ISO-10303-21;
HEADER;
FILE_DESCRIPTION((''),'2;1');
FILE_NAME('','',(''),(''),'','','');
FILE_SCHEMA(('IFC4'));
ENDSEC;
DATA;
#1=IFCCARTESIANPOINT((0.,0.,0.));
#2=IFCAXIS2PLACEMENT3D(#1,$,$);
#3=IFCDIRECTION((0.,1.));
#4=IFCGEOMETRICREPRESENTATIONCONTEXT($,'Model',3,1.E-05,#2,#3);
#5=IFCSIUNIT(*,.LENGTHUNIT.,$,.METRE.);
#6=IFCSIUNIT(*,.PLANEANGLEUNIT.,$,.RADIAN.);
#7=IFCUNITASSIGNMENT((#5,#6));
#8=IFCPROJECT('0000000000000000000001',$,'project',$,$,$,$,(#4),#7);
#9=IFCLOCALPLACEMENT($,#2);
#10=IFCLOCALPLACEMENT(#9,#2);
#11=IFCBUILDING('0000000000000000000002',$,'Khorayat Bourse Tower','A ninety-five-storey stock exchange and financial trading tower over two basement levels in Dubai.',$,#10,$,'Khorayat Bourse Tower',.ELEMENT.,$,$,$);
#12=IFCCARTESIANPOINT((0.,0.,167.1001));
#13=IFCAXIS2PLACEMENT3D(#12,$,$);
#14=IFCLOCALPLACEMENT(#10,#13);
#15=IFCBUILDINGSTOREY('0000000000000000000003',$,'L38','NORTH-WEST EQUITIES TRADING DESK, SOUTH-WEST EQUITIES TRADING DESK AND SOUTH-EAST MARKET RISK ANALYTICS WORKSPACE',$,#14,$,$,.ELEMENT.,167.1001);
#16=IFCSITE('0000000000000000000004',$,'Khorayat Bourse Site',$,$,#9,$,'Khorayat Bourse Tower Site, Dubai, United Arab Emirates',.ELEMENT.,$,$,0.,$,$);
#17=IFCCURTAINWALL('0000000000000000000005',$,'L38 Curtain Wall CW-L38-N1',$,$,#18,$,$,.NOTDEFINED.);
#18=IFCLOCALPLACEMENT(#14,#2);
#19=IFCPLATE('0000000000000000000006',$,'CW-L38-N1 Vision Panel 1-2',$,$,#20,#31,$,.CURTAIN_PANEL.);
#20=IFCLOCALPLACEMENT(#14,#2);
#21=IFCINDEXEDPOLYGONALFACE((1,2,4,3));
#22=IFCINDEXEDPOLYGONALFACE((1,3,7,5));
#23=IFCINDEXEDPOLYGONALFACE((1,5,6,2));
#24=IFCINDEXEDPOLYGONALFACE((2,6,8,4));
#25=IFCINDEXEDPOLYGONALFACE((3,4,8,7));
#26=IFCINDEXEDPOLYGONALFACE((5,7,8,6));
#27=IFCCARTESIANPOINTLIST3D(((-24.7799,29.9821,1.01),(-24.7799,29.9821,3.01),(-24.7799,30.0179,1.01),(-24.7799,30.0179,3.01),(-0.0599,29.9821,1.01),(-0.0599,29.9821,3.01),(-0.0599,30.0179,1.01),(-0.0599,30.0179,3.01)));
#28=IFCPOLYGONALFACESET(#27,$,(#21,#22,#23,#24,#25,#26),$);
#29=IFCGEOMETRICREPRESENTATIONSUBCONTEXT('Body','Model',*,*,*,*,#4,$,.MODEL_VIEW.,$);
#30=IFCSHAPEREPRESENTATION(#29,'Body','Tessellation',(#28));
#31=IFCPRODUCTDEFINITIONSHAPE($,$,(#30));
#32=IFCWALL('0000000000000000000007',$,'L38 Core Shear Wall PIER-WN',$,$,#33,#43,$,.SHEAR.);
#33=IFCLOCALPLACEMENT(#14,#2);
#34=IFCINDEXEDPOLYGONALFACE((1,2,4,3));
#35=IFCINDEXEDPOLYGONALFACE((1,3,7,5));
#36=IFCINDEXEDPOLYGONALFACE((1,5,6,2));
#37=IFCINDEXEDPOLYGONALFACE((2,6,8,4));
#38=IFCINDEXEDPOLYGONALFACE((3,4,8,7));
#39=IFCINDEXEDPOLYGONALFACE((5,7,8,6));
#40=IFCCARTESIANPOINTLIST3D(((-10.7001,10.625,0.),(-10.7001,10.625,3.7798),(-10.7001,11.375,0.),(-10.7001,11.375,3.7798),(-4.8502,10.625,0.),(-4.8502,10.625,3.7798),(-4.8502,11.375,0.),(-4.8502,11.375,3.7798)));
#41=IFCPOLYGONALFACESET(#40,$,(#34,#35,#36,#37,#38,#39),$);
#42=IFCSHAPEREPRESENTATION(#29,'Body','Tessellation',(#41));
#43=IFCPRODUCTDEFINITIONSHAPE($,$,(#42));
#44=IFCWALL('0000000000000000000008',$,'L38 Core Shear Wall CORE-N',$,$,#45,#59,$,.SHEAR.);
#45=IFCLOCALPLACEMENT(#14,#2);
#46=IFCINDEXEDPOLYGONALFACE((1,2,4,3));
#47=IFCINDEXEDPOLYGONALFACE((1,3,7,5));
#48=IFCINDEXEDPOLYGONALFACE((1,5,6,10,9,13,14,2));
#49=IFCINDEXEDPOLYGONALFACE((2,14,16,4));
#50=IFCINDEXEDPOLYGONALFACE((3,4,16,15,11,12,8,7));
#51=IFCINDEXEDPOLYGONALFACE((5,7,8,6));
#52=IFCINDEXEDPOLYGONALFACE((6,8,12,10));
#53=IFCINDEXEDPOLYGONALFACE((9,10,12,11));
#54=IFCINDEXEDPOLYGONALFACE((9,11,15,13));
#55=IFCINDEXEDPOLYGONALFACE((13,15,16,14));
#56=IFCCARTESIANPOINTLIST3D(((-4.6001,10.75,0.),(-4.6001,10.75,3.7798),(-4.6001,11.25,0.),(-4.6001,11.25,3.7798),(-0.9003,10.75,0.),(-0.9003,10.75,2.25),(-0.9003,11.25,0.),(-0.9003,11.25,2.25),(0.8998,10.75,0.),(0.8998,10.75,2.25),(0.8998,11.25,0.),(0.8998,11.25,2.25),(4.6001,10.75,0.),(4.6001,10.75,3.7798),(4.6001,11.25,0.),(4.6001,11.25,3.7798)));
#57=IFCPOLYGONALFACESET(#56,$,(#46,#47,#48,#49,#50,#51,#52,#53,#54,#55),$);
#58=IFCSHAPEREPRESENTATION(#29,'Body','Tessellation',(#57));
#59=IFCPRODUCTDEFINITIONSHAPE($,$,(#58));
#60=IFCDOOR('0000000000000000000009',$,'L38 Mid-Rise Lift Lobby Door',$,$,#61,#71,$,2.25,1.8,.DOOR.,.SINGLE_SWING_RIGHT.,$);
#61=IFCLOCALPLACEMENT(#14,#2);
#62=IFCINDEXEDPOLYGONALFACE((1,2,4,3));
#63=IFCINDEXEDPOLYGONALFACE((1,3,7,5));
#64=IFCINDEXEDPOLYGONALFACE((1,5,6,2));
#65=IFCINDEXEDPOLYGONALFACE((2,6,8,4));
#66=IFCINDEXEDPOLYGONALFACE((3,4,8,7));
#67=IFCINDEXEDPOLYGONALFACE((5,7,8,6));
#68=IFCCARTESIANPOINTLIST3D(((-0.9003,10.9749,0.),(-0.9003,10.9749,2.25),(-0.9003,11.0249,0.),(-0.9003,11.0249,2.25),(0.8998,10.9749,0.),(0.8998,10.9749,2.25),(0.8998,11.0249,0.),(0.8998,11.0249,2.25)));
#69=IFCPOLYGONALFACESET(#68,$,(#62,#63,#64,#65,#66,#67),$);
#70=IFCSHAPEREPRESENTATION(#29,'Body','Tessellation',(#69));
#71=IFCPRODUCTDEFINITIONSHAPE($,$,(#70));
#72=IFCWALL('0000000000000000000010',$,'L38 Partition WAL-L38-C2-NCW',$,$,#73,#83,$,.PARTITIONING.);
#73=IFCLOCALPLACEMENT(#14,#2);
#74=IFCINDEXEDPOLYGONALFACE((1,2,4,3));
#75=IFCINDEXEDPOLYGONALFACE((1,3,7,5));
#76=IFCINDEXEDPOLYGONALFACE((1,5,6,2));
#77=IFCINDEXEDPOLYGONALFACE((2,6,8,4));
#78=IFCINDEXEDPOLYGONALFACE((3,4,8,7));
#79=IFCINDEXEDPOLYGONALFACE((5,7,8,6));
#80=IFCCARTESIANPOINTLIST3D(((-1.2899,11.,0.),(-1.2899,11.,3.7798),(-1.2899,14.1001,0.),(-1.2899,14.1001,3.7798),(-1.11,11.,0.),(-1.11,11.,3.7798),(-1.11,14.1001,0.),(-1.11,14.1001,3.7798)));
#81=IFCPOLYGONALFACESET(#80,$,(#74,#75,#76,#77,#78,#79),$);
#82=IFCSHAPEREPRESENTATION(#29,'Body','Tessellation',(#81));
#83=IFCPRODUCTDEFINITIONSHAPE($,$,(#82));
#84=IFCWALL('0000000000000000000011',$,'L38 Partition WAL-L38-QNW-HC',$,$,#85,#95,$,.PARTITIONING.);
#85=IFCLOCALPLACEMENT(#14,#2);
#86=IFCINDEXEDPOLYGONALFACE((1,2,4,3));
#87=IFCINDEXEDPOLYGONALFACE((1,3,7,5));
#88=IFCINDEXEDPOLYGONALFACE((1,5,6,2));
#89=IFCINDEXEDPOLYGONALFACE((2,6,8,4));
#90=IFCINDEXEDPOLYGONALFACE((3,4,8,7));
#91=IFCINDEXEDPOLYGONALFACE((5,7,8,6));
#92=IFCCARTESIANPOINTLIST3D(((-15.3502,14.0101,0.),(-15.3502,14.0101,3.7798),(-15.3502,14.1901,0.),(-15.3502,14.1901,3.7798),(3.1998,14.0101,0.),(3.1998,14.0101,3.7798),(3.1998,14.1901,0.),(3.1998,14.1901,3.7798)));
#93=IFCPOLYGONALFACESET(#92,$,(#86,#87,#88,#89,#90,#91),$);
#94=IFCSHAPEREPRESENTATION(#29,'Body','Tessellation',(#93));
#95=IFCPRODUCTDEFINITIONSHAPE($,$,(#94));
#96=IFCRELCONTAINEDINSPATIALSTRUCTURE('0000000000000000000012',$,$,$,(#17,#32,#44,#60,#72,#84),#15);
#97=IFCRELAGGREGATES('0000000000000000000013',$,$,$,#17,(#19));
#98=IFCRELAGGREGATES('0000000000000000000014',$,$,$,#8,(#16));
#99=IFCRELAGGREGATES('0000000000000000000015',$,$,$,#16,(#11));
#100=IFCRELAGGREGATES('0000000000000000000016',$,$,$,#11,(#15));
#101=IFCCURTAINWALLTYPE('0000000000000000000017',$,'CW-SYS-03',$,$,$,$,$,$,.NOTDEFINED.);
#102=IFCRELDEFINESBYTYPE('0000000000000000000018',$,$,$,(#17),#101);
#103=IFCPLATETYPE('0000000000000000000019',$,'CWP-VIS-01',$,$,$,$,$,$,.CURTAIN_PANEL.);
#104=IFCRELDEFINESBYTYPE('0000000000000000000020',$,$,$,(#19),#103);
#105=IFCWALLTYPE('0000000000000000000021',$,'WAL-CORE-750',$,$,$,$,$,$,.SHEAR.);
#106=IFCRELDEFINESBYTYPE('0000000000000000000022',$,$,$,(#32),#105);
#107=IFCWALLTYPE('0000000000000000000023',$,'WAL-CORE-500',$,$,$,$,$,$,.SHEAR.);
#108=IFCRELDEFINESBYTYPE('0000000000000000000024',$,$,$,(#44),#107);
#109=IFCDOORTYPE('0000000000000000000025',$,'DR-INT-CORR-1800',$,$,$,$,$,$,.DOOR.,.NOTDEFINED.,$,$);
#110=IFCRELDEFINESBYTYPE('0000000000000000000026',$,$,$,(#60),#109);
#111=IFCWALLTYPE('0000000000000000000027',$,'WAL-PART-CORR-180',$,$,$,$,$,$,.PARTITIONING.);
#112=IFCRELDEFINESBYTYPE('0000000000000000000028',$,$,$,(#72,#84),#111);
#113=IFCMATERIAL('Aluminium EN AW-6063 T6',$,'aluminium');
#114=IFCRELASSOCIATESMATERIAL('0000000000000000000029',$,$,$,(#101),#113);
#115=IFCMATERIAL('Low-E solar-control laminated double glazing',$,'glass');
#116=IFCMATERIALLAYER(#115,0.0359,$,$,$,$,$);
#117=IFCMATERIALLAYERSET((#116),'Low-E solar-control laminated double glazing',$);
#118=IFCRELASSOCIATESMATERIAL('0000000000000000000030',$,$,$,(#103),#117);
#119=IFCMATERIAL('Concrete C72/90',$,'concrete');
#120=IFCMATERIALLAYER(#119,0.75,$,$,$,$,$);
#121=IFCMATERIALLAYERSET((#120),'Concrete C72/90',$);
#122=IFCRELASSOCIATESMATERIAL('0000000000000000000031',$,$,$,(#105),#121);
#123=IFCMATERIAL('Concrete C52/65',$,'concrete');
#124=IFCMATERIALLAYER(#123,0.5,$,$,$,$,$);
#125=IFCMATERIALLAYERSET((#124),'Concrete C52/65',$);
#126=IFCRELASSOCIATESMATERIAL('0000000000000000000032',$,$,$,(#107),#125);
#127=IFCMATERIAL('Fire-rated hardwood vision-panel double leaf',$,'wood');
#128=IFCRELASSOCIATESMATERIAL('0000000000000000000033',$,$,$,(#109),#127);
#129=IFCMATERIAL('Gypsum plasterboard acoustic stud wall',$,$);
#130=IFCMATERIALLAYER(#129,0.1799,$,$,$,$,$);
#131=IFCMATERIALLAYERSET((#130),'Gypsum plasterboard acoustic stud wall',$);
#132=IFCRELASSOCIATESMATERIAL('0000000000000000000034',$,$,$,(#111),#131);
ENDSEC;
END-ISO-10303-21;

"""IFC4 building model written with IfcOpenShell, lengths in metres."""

from ifc_helpers import new_model, si_unit, direction, frame, frame_2d, origin, origin_2d, place, context, subcontext, project, spatial, rectangle, extrude, source, transform, mapped, material, layer, layer_set, type_object, element, fill, aggregate, save


model = new_model("IFC4")

# Units and contexts
model_context = context("Model", 3, precision=1e-05, world=origin(), true_north=direction((0.0, 1.0)))
body_context = subcontext(model_context, "Body", "Model", "MODEL_VIEW")
ifc_project = project(units=[si_unit("LENGTHUNIT", "METRE"), si_unit("PLANEANGLEUNIT", "RADIAN")], contexts=[model_context])

# Site, building, storey
site_placement = place(None, origin())
site = spatial("IfcSite", under=ifc_project, at=site_placement, Name="Khorayat Bourse Site", LongName="Khorayat Bourse Tower Site, Dubai, United Arab Emirates", CompositionType="ELEMENT", RefElevation=0.0)
building_placement = place(site_placement, origin())
building = spatial("IfcBuilding", under=site, at=building_placement, Name="Khorayat Bourse Tower", Description="A ninety-five-storey stock exchange and financial trading tower over two basement levels in Dubai.", LongName="Khorayat Bourse Tower", CompositionType="ELEMENT")
storey_placement = place(building_placement, frame((0.0, 0.0, 167.1001)))
storey = spatial("IfcBuildingStorey", under=building, at=storey_placement, Name="L38", Description="NORTH-WEST EQUITIES TRADING DESK, SOUTH-WEST EQUITIES TRADING DESK AND SOUTH-EAST MARKET RISK ANALYTICS WORKSPACE", CompositionType="ELEMENT", Elevation=167.1001)

# Shared definitions
ifc_material_1 = material(Name="Concrete C72/90", Category="concrete")

# Curtain wall
ifc_material_2 = material(Name="Aluminium EN AW-6063 T6", Category="aluminium")
curtain_wall_type = type_object("IfcCurtainWallType", Name="CW-SYS-03", PredefinedType="NOTDEFINED", material=ifc_material_2)
curtain_wall_placement = place(storey_placement, origin())
curtain_wall = element("IfcCurtainWall", 1, at=curtain_wall_placement, inside=storey, type_object=curtain_wall_type, Name="L38 Curtain Wall CW-L38-N1", PredefinedType="NOTDEFINED")

# Plate
ifc_material_3 = material(Name="Low-E solar-control laminated double glazing", Category="glass")
ifc_layer_1 = layer(ifc_material_3, 0.0359)
ifc_layer_set_1 = layer_set([ifc_layer_1], Name="Low-E solar-control laminated double glazing")
plate_type_1 = type_object("IfcPlateType", Name="CWP-VIS-01", PredefinedType="CURTAIN_PANEL", material=ifc_layer_set_1)
shared_shape_1 = source(origin(), body_context, "Body", "SweptSolid", [
    extrude(rectangle(XDim=24.72, YDim=0.0359, at=origin_2d()), origin(), (0.0, 0.0, 1.0), 2.0),
])
plate_1_placement = place(storey_placement, frame((-12.4199, 30.0, 1.01), z_axis=(0.0, 0.0, 1.0), x_axis=(1.0, 0.0, 0.0)))
plate_1 = element("IfcPlate", 2, at=plate_1_placement, type_object=plate_type_1, Name="CW-L38-N1 Vision Panel 1-2", PredefinedType="CURTAIN_PANEL", context=body_context, shape_type="MappedRepresentation", body=[
    mapped(shared_shape_1, transform((0.0, 0.0, 0.0), scale=1.0)),
])
aggregate(curtain_wall, [plate_1])

# Wall
ifc_layer_2 = layer(ifc_material_1, 0.75)
ifc_layer_set_2 = layer_set([ifc_layer_2], Name="Concrete C72/90")
wall_type_1 = type_object("IfcWallType", Name="WAL-CORE-750", PredefinedType="SHEAR", material=ifc_layer_set_2)
shared_shape_2 = source(origin(), body_context, "Body", "SweptSolid", [
    extrude(rectangle(XDim=5.8499, YDim=0.75, at=frame_2d((2.9248, 0.0))), origin(), (0.0, 0.0, 1.0), 3.7798),
])
wall_1_placement = place(storey_placement, frame((-10.7, 11.0, 0.0), z_axis=(0.0, 0.0, 1.0), x_axis=(1.0, 0.0, 0.0)))
element("IfcWall", 3, at=wall_1_placement, inside=storey, type_object=wall_type_1, Name="L38 Core Shear Wall PIER-WN", PredefinedType="SHEAR", context=body_context, shape_type="MappedRepresentation", body=[
    mapped(shared_shape_2, transform((0.0, 0.0, 0.0), scale=1.0)),
])

# Wall, opening, door
ifc_material_4 = material(Name="Concrete C52/65", Category="concrete")
ifc_layer_3 = layer(ifc_material_4, 0.5)
ifc_layer_set_3 = layer_set([ifc_layer_3], Name="Concrete C52/65")
wall_type_2 = type_object("IfcWallType", Name="WAL-CORE-500", PredefinedType="SHEAR", material=ifc_layer_set_3)
shared_shape_3 = source(origin(), body_context, "Body", "SweptSolid", [
    extrude(rectangle(XDim=9.2002, YDim=0.5, at=frame_2d((4.6001, 0.0))), origin(), (0.0, 0.0, 1.0), 3.7798),
])
wall_2_placement = place(storey_placement, frame((-4.6001, 11.0, 0.0), z_axis=(0.0, 0.0, 1.0), x_axis=(1.0, 0.0, 0.0)))
wall_2 = element("IfcWall", 4, at=wall_2_placement, inside=storey, type_object=wall_type_2, Name="L38 Core Shear Wall CORE-N", PredefinedType="SHEAR", context=body_context, shape_type="MappedRepresentation", body=[
    mapped(shared_shape_3, transform((0.0, 0.0, 0.0), scale=1.0)),
])
shared_shape_4 = source(origin(), body_context, "Body", "SweptSolid", [
    extrude(rectangle(XDim=1.8, YDim=2.25, at=frame_2d((0.8999, 1.125))), frame((0.0, 0.26, 0.0), z_axis=(0.0, -1.0, 0.0), x_axis=(1.0, 0.0, 0.0)), (0.0, 0.0, 1.0), 0.52),
])
opening_placement = place(wall_2_placement, frame((3.7, 0.0, 0.0)))
opening = element("IfcOpeningElement", 5, at=opening_placement, cuts=wall_2, PredefinedType="OPENING", context=body_context, shape_type="MappedRepresentation", body=[
    mapped(shared_shape_4, transform((0.0, 0.0, 0.0), scale=1.0)),
])
ifc_material_5 = material(Name="Fire-rated hardwood vision-panel double leaf", Category="wood")
door_type = type_object("IfcDoorType", Name="DR-INT-CORR-1800", OperationType="NOTDEFINED", PredefinedType="DOOR", material=ifc_material_5)
shared_shape_5 = source(origin(), body_context, "Body", "SweptSolid", [
    extrude(rectangle(XDim=1.8, YDim=2.25, at=frame_2d((0.8999, 1.125))), frame((0.0, 0.0249, 0.0), z_axis=(0.0, -1.0, 0.0), x_axis=(1.0, 0.0, 0.0)), (0.0, 0.0, 1.0), 0.05),
])
door_placement = place(opening_placement, origin())
door = element("IfcDoor", 6, at=door_placement, inside=storey, type_object=door_type, Name="L38 Mid-Rise Lift Lobby Door", OperationType="SINGLE_SWING_RIGHT", OverallHeight=2.25, OverallWidth=1.8, PredefinedType="DOOR", context=body_context, shape_type="MappedRepresentation", body=[
    mapped(shared_shape_5, transform((0.0, 0.0, 0.0), scale=1.0)),
])
fill(opening, door)

# Walls
ifc_material_6 = material(Name="Gypsum plasterboard acoustic stud wall")
ifc_layer_4 = layer(ifc_material_6, 0.1799)
ifc_layer_set_4 = layer_set([ifc_layer_4], Name="Gypsum plasterboard acoustic stud wall")
wall_type_3 = type_object("IfcWallType", Name="WAL-PART-CORR-180", PredefinedType="PARTITIONING", material=ifc_layer_set_4)
shared_shape_6 = source(origin(), body_context, "Body", "SweptSolid", [
    extrude(rectangle(XDim=3.1001, YDim=0.1799, at=frame_2d((1.55, 0.0))), origin(), (0.0, 0.0, 1.0), 3.7798),
])
wall_3_placement = place(storey_placement, frame((-1.2, 11.0, 0.0), z_axis=(0.0, 0.0, 1.0), x_axis=(0.0, 1.0, 0.0)))
element("IfcWall", 7, at=wall_3_placement, inside=storey, type_object=wall_type_3, Name="L38 Partition WAL-L38-C2-NCW", PredefinedType="PARTITIONING", context=body_context, shape_type="MappedRepresentation", body=[
    mapped(shared_shape_6, transform((0.0, 0.0, 0.0), scale=1.0)),
])
shared_shape_7 = source(origin(), body_context, "Body", "SweptSolid", [
    extrude(rectangle(XDim=18.55, YDim=0.1799, at=frame_2d((9.2749, 0.0))), origin(), (0.0, 0.0, 1.0), 3.7798),
])
wall_4_placement = place(storey_placement, frame((-15.3501, 14.1001, 0.0), z_axis=(0.0, 0.0, 1.0), x_axis=(1.0, 0.0, 0.0)))
element("IfcWall", 8, at=wall_4_placement, inside=storey, type_object=wall_type_3, Name="L38 Partition WAL-L38-QNW-HC", PredefinedType="PARTITIONING", context=body_context, shape_type="MappedRepresentation", body=[
    mapped(shared_shape_7, transform((0.0, 0.0, 0.0), scale=1.0)),
])

save(model, "model.ifc")
